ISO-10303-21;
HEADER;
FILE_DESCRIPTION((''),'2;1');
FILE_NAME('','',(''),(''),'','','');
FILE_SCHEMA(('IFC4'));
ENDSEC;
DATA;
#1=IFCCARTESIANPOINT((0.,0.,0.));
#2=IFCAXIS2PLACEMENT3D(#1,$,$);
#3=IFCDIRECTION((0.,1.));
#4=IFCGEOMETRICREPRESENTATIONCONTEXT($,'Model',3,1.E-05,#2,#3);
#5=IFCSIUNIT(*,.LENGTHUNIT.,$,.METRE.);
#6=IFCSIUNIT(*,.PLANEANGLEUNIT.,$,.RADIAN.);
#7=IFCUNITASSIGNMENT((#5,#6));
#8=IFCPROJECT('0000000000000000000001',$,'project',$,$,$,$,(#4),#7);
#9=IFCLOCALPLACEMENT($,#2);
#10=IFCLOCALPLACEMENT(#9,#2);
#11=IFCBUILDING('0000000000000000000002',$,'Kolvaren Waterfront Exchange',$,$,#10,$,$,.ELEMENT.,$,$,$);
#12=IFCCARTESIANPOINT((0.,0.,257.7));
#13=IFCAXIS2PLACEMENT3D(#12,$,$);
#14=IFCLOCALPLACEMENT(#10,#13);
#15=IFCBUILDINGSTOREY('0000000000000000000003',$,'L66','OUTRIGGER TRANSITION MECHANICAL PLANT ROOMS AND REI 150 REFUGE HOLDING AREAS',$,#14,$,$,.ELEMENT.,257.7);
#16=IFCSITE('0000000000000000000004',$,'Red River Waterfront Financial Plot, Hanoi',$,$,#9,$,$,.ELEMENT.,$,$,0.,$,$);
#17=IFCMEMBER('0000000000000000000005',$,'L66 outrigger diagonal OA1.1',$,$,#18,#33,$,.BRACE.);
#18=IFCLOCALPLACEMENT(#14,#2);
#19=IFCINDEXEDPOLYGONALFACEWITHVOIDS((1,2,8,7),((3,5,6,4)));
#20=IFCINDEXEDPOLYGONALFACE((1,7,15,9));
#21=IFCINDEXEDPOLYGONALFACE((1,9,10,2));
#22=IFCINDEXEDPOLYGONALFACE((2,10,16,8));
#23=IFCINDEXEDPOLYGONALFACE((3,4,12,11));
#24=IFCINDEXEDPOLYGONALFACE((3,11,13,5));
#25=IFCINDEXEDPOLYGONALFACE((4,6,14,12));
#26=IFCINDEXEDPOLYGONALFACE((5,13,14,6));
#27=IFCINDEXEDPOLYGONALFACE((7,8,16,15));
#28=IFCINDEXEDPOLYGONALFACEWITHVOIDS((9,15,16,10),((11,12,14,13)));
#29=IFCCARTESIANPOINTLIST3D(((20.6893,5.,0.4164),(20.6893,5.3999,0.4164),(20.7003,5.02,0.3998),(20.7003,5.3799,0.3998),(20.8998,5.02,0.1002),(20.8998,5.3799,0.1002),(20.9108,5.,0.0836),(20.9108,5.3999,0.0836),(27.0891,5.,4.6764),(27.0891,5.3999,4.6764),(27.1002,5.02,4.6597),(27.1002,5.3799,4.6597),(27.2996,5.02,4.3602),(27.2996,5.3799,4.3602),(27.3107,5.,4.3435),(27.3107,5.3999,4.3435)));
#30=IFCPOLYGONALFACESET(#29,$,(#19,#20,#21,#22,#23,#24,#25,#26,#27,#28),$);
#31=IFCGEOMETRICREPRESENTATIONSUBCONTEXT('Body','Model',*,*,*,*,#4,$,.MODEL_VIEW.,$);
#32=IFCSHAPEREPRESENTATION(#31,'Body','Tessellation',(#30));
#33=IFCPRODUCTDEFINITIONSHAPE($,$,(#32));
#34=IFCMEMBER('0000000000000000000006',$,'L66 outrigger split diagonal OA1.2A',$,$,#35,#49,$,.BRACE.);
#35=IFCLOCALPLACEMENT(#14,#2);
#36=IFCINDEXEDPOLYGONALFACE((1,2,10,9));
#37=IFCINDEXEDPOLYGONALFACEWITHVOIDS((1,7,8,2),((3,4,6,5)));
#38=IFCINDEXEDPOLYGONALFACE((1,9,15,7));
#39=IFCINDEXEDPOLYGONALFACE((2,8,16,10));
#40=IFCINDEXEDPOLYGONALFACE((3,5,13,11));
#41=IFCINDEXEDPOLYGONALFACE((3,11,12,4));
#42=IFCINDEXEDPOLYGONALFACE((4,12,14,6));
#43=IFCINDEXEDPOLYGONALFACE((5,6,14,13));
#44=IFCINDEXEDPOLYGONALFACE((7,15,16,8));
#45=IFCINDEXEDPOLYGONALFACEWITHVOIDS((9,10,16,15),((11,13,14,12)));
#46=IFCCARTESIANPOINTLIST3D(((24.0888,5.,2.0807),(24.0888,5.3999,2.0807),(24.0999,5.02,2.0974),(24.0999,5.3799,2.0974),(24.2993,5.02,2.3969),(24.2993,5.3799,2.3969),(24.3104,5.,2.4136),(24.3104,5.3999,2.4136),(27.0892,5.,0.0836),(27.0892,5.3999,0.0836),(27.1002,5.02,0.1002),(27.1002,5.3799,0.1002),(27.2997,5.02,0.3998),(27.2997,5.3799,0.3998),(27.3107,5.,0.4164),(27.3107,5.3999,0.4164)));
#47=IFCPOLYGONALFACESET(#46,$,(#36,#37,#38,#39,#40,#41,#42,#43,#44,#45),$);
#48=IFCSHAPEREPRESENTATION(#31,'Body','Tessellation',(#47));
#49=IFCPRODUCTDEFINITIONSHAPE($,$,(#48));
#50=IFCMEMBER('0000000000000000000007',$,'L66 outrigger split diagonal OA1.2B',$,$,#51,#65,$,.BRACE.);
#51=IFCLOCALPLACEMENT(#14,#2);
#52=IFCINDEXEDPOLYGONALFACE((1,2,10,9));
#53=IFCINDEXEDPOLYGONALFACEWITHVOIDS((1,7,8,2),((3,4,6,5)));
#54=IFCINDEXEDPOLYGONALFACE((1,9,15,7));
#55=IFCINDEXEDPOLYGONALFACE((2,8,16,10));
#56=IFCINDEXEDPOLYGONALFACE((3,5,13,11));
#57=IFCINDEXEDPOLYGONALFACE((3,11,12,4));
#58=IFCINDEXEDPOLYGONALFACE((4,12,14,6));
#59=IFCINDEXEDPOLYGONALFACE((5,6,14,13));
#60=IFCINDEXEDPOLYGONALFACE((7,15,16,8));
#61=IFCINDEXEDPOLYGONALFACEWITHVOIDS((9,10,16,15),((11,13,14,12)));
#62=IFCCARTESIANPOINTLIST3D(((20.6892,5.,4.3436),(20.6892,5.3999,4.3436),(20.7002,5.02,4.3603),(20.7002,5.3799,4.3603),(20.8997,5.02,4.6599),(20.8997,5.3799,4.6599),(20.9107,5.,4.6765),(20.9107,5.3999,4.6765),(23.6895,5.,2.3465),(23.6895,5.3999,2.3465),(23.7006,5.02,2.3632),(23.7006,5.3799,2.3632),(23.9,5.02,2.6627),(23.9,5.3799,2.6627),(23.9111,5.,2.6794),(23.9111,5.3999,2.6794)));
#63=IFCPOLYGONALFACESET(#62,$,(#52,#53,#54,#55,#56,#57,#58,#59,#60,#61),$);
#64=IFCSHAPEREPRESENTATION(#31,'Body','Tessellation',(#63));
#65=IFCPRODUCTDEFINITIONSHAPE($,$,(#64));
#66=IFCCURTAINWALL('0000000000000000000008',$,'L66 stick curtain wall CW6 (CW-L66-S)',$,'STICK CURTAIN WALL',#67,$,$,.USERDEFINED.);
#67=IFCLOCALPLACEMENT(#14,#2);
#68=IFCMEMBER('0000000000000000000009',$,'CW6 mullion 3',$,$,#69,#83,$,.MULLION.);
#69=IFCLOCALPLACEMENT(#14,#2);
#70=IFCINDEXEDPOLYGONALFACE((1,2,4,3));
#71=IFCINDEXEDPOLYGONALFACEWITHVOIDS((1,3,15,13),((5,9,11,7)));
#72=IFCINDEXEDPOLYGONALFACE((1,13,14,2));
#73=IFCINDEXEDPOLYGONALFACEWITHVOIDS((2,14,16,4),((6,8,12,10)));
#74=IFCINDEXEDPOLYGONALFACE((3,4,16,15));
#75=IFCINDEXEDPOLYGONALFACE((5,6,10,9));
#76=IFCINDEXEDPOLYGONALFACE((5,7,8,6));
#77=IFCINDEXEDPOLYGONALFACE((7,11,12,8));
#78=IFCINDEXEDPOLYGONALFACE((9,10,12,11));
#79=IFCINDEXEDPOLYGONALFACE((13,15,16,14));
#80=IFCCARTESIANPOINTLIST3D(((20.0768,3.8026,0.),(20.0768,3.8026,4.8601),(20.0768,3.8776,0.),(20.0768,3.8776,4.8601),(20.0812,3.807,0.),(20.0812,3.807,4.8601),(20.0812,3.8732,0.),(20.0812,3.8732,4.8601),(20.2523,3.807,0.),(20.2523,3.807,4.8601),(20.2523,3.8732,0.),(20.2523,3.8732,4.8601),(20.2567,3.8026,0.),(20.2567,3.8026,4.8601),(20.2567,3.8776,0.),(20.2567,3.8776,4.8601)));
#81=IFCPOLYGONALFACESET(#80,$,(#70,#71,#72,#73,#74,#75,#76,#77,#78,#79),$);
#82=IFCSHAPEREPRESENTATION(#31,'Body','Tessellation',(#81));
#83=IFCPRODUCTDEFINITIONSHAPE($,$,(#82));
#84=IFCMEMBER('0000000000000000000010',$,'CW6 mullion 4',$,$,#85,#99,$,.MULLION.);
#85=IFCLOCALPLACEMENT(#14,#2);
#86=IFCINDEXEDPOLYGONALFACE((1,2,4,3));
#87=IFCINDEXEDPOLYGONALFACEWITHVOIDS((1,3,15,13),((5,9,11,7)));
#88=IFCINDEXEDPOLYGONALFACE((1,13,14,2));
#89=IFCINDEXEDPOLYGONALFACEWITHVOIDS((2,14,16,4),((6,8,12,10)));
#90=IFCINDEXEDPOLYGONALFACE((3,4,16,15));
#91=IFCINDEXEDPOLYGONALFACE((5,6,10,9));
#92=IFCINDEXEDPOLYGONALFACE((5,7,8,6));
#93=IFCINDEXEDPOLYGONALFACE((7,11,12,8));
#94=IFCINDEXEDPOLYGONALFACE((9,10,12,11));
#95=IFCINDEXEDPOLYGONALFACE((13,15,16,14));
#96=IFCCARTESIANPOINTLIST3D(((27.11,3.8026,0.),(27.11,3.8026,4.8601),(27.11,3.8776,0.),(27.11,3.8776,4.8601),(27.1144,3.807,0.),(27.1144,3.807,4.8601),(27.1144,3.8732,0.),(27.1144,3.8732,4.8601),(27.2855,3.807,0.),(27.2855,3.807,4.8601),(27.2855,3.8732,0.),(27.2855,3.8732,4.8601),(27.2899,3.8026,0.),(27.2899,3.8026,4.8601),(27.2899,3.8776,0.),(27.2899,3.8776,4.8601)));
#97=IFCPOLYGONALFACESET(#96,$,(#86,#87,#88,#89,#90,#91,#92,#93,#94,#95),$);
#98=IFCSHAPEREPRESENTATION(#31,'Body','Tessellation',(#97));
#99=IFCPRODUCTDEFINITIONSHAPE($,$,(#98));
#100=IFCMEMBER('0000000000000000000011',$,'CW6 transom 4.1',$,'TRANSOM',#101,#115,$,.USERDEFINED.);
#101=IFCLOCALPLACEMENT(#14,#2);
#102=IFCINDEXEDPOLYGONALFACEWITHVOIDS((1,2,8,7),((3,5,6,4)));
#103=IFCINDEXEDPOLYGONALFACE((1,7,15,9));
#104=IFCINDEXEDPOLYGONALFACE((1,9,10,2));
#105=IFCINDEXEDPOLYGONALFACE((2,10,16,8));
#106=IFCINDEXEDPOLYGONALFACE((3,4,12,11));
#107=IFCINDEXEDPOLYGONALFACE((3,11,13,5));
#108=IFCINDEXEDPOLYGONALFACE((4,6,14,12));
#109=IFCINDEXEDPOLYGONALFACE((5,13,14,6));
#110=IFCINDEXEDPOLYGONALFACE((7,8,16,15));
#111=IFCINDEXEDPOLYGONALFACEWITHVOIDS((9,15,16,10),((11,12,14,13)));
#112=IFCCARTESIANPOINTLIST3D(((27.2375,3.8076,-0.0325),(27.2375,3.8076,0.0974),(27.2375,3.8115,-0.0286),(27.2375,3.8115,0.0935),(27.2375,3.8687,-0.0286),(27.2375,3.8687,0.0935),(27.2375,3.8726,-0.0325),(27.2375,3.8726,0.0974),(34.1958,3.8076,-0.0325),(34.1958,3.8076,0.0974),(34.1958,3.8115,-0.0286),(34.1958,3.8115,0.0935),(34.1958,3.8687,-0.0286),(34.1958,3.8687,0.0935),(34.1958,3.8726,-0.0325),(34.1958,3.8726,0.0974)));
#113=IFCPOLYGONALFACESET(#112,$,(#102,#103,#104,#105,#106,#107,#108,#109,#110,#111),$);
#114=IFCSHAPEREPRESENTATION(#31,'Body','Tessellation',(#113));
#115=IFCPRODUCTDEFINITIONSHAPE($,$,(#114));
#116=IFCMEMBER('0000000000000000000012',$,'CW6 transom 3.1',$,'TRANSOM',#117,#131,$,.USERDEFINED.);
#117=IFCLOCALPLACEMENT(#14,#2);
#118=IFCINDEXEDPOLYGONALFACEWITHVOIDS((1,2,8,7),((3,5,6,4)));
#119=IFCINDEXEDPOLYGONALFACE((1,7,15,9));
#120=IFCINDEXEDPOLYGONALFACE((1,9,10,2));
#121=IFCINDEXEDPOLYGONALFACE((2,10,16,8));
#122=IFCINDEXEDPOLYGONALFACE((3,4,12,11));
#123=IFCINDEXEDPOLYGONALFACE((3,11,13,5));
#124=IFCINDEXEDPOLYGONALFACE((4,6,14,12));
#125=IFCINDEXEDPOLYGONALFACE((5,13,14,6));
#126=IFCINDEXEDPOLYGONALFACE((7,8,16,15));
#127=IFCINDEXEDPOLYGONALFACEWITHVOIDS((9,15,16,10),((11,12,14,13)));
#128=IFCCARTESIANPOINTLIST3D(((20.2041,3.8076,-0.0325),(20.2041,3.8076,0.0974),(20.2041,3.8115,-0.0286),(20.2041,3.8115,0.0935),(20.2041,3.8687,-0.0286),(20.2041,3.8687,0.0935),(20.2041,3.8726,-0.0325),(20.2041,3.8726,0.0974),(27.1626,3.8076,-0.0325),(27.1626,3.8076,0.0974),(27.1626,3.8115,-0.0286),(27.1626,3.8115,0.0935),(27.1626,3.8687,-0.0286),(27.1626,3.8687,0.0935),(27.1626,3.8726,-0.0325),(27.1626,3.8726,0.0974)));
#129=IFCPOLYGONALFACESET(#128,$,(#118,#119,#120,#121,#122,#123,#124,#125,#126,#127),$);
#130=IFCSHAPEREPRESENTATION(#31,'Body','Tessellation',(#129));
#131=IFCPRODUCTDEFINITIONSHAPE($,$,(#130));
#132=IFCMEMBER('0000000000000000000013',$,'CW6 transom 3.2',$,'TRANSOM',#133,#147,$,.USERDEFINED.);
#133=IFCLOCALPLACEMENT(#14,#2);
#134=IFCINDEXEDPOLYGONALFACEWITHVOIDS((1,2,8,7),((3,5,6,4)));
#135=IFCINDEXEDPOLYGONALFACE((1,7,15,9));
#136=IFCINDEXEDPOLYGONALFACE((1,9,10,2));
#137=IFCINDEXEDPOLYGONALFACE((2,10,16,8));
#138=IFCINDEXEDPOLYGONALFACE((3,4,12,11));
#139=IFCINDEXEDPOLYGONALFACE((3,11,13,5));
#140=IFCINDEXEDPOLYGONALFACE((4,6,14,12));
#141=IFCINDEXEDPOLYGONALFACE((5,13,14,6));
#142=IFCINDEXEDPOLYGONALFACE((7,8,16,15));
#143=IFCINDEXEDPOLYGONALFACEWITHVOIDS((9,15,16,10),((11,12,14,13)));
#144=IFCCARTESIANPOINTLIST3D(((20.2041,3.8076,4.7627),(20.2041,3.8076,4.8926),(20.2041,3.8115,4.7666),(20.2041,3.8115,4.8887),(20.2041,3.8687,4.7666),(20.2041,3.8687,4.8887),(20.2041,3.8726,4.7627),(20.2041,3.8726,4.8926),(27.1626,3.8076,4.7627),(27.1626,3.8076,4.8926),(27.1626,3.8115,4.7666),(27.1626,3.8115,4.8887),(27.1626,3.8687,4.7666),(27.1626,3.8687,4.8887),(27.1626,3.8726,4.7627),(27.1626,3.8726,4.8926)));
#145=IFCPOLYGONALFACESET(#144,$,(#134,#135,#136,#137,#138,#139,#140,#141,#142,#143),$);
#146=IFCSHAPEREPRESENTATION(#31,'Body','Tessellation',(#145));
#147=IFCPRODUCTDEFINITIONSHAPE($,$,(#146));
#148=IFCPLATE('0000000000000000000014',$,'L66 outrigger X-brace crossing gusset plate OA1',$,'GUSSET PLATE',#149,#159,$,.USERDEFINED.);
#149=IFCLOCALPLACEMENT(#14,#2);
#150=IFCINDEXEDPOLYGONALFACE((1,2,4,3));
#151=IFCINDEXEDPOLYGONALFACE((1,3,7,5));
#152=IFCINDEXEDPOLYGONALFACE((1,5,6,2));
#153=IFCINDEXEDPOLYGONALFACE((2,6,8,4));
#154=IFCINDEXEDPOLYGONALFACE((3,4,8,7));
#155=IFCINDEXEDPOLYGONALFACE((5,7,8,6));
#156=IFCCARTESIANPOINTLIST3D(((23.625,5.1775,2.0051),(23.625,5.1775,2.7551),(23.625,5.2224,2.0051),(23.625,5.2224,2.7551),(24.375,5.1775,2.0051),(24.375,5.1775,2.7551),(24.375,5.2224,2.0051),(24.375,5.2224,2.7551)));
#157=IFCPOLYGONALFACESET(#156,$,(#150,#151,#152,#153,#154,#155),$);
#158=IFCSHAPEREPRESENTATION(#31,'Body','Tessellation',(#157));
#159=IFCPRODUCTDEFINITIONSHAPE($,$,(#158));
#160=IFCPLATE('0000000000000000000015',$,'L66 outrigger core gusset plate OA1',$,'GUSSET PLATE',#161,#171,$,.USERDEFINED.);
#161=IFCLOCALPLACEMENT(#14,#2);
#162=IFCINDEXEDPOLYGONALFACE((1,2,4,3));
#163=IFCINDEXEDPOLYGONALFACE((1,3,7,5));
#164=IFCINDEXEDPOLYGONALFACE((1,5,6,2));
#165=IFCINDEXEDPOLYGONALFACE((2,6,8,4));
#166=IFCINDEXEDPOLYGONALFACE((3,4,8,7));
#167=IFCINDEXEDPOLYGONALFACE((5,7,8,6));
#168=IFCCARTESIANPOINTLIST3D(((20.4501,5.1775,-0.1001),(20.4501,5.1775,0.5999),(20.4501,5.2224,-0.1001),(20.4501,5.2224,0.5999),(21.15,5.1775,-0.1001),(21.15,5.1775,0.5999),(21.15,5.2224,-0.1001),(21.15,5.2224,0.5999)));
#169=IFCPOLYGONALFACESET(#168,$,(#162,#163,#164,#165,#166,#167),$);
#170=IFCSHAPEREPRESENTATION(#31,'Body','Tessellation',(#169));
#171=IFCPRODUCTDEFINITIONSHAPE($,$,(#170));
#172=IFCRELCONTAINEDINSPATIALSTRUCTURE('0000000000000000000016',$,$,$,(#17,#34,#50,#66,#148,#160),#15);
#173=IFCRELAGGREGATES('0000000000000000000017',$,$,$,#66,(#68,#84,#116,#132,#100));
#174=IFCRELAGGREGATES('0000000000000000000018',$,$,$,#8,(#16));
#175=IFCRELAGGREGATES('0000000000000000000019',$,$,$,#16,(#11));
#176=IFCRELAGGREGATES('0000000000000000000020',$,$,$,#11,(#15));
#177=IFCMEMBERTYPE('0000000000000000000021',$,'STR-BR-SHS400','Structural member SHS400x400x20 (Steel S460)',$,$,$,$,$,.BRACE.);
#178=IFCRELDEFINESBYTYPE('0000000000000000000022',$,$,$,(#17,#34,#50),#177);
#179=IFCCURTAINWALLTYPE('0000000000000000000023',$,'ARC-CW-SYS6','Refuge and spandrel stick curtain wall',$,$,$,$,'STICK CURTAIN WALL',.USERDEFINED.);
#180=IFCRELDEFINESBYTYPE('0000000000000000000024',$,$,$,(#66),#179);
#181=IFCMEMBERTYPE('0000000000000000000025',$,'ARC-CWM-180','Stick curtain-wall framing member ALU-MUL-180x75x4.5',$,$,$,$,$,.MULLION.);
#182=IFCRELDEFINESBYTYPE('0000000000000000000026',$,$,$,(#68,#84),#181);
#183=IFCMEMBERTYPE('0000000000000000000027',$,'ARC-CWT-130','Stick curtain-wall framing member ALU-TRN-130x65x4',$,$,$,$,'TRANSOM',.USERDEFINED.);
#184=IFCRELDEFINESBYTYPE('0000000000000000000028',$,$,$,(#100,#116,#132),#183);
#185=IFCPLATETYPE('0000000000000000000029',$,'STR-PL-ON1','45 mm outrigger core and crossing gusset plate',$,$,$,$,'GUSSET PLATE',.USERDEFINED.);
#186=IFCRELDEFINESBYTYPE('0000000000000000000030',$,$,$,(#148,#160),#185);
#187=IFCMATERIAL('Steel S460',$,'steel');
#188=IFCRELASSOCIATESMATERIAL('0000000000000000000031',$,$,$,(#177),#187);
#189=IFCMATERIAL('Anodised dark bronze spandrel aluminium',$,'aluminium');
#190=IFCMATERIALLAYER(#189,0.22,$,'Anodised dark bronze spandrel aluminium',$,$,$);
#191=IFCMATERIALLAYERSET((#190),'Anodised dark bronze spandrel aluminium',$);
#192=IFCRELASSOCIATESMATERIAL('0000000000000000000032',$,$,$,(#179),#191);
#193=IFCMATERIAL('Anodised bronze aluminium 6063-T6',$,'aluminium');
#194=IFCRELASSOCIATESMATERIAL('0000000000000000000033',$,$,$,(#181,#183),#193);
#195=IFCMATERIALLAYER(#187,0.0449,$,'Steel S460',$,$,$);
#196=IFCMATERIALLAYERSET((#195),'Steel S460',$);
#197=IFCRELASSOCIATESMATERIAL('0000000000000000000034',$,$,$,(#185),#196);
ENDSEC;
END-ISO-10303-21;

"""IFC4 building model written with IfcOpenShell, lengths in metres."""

from ifc_helpers import new_model, si_unit, direction, frame, origin, origin_with_axes, origin_2d, place, context, subcontext, project, spatial, rectangle, hollow_rectangle, extrude, source, transform, mapped, material, layer, layer_set, material_profile, profile_set, type_object, element, aggregate, save


model = new_model("IFC4")

# Units and contexts
model_context = context("Model", 3, precision=1e-05, world=origin(), true_north=direction((0.0, 1.0)))
body_context = subcontext(model_context, "Body", "Model", "MODEL_VIEW")
ifc_project = project(units=[si_unit("LENGTHUNIT", "METRE"), si_unit("PLANEANGLEUNIT", "RADIAN")], contexts=[model_context])

# Site, building, storey
site_placement = place(None, origin())
site = spatial("IfcSite", under=ifc_project, at=site_placement, Name="Red River Waterfront Financial Plot, Hanoi", CompositionType="ELEMENT", RefElevation=0.0)
building_placement = place(site_placement, origin())
building = spatial("IfcBuilding", under=site, at=building_placement, Name="Kolvaren Waterfront Exchange", CompositionType="ELEMENT")
storey_placement = place(building_placement, frame((0.0, 0.0, 257.7)))
storey = spatial("IfcBuildingStorey", under=building, at=storey_placement, Name="L66", Description="OUTRIGGER TRANSITION MECHANICAL PLANT ROOMS AND REI 150 REFUGE HOLDING AREAS", CompositionType="ELEMENT", Elevation=257.7)

# Members
ifc_material_1 = material(Name="Steel S460", Category="steel")
ifc_material_profile_1 = material_profile(ifc_material_1, hollow_rectangle(XDim=0.3999, YDim=0.3999, WallThickness=0.02, at=origin_2d()), Name="SHS400x400x20")
ifc_profile_set_1 = profile_set([ifc_material_profile_1], Name="Steel S460")
member_type_1 = type_object("IfcMemberType", Name="STR-BR-SHS400", Description="Structural member SHS400x400x20 (Steel S460)", PredefinedType="BRACE", material=ifc_profile_set_1)
member_1_placement = place(storey_placement, frame((20.8, 5.2, 0.25), z_axis=(0.832446, 0.0, 0.554106), x_axis=(0.0, 1.0, 0.0)))
element("IfcMember", 1, at=member_1_placement, inside=storey, type_object=member_type_1, Name="L66 outrigger diagonal OA1.1", PredefinedType="BRACE", context=body_context, shape_type="SweptSolid", body=[
    extrude(hollow_rectangle(XDim=0.3999, YDim=0.3999, WallThickness=0.02, at=origin_2d()), origin(), (0.0, 0.0, 1.0), 7.688),
])
for number, where, z_axis, x_axis, name in (
    (2, (27.2, 5.2, 0.25), (-0.832446, 0.0, 0.554106), (0.0, -1.0, 0.0), "L66 outrigger split diagonal OA1.2A"),
    (3, (23.8003, 5.2, 2.5129), (-0.832446, 0.0, 0.554106), (0.0, -1.0, 0.0), "L66 outrigger split diagonal OA1.2B"),
):
    element("IfcMember", number, at=place(storey_placement, frame(where, z_axis=z_axis, x_axis=x_axis)), inside=storey, type_object=member_type_1, Name=name, PredefinedType="BRACE", context=body_context, shape_type="SweptSolid", body=[
        extrude(hollow_rectangle(XDim=0.3999, YDim=0.3999, WallThickness=0.02, at=origin_2d()), origin(), (0.0, 0.0, 1.0), 3.6042),
    ])

# Curtain wall, members
ifc_material_2 = material(Name="Anodised dark bronze spandrel aluminium", Category="aluminium")
ifc_layer_1 = layer(ifc_material_2, 0.22, Name="Anodised dark bronze spandrel aluminium")
ifc_layer_set_1 = layer_set([ifc_layer_1], Name="Anodised dark bronze spandrel aluminium")
curtain_wall_type = type_object("IfcCurtainWallType", Name="ARC-CW-SYS6", Description="Refuge and spandrel stick curtain wall", ElementType="STICK CURTAIN WALL", PredefinedType="USERDEFINED", material=ifc_layer_set_1)
curtain_wall_placement = place(storey_placement, origin())
curtain_wall = element("IfcCurtainWall", 4, at=curtain_wall_placement, inside=storey, type_object=curtain_wall_type, Name="L66 stick curtain wall CW6 (CW-L66-S)", ObjectType="STICK CURTAIN WALL", PredefinedType="USERDEFINED")
ifc_material_3 = material(Name="Anodised bronze aluminium 6063-T6", Category="aluminium")
ifc_material_profile_2 = material_profile(ifc_material_3, hollow_rectangle(XDim=0.075, YDim=0.1799, WallThickness=0.0044, at=origin_2d()), Name="ALU-MUL-180x75x4.5")
ifc_profile_set_2 = profile_set([ifc_material_profile_2], Name="Anodised bronze aluminium 6063-T6")
member_type_2 = type_object("IfcMemberType", Name="ARC-CWM-180", Description="Stick curtain-wall framing member ALU-MUL-180x75x4.5", PredefinedType="MULLION", material=ifc_profile_set_2)
shared_shape_1 = source(origin_with_axes(), body_context, "Body", "SweptSolid", [
    extrude(hollow_rectangle(XDim=0.075, YDim=0.1799, WallThickness=0.0044, at=origin_2d()), origin(), (0.0, 0.0, 1.0), 4.8601),
])
member_2_placement = place(storey_placement, frame((20.1667, 3.8401, 0.0), z_axis=(0.0, 0.0, 1.0), x_axis=(0.0, 1.0, 0.0)))
member_2 = element("IfcMember", 5, at=member_2_placement, type_object=member_type_2, Name="CW6 mullion 3", PredefinedType="MULLION", context=body_context, shape_type="MappedRepresentation", body=[
    mapped(shared_shape_1, transform((0.0, 0.0, 0.0), x_axis=(1.0, 0.0, 0.0), y_axis=(0.0, 1.0, 0.0), z_axis=(0.0, 0.0, 1.0), scale=1.0)),
])
member_3_placement = place(storey_placement, frame((27.2, 3.8401, 0.0), z_axis=(0.0, 0.0, 1.0), x_axis=(0.0, 1.0, 0.0)))
member_3 = element("IfcMember", 6, at=member_3_placement, type_object=member_type_2, Name="CW6 mullion 4", PredefinedType="MULLION", context=body_context, shape_type="MappedRepresentation", body=[
    mapped(shared_shape_1, transform((0.0, 0.0, 0.0), x_axis=(1.0, 0.0, 0.0), y_axis=(0.0, 1.0, 0.0), z_axis=(0.0, 0.0, 1.0), scale=1.0)),
])
ifc_material_profile_3 = material_profile(ifc_material_3, hollow_rectangle(XDim=0.0649, YDim=0.1299, WallThickness=0.0039, at=origin_2d()), Name="ALU-TRN-130x65x4")
ifc_profile_set_3 = profile_set([ifc_material_profile_3], Name="Anodised bronze aluminium 6063-T6")
member_type_3 = type_object("IfcMemberType", Name="ARC-CWT-130", Description="Stick curtain-wall framing member ALU-TRN-130x65x4", ElementType="TRANSOM", PredefinedType="USERDEFINED", material=ifc_profile_set_3)
shared_shape_2 = source(origin_with_axes(), body_context, "Body", "SweptSolid", [
    extrude(hollow_rectangle(XDim=0.0649, YDim=0.1299, WallThickness=0.0039, at=origin_2d()), origin(), (0.0, 0.0, 1.0), 6.9583),
])
member_4_placement = place(storey_placement, frame((27.2375, 3.8401, 0.0325), z_axis=(1.0, 0.0, 0.0), x_axis=(0.0, 1.0, 0.0)))
member_4 = element("IfcMember", 7, at=member_4_placement, type_object=member_type_3, Name="CW6 transom 4.1", ObjectType="TRANSOM", PredefinedType="USERDEFINED", context=body_context, shape_type="MappedRepresentation", body=[
    mapped(shared_shape_2, transform((0.0, 0.0, 0.0), x_axis=(1.0, 0.0, 0.0), y_axis=(0.0, 1.0, 0.0), z_axis=(0.0, 0.0, 1.0), scale=1.0)),
])
shared_shape_3 = source(origin_with_axes(), body_context, "Body", "SweptSolid", [
    extrude(hollow_rectangle(XDim=0.0649, YDim=0.1299, WallThickness=0.0039, at=origin_2d()), origin(), (0.0, 0.0, 1.0), 6.9585),
])
member_5_placement = place(storey_placement, frame((20.2041, 3.8401, 0.0325), z_axis=(1.0, 0.0, 0.0), x_axis=(0.0, 1.0, 0.0)))
member_5 = element("IfcMember", 8, at=member_5_placement, type_object=member_type_3, Name="CW6 transom 3.1", ObjectType="TRANSOM", PredefinedType="USERDEFINED", context=body_context, shape_type="MappedRepresentation", body=[
    mapped(shared_shape_3, transform((0.0, 0.0, 0.0), x_axis=(1.0, 0.0, 0.0), y_axis=(0.0, 1.0, 0.0), z_axis=(0.0, 0.0, 1.0), scale=1.0)),
])
member_6_placement = place(storey_placement, frame((20.2041, 3.8401, 4.8276), z_axis=(1.0, 0.0, 0.0), x_axis=(0.0, 1.0, 0.0)))
member_6 = element("IfcMember", 9, at=member_6_placement, type_object=member_type_3, Name="CW6 transom 3.2", ObjectType="TRANSOM", PredefinedType="USERDEFINED", context=body_context, shape_type="MappedRepresentation", body=[
    mapped(shared_shape_3, transform((0.0, 0.0, 0.0), x_axis=(1.0, 0.0, 0.0), y_axis=(0.0, 1.0, 0.0), z_axis=(0.0, 0.0, 1.0), scale=1.0)),
])

# Plates
ifc_layer_2 = layer(ifc_material_1, 0.0449, Name="Steel S460")
ifc_layer_set_2 = layer_set([ifc_layer_2], Name="Steel S460")
plate_type_1 = type_object("IfcPlateType", Name="STR-PL-ON1", Description="45 mm outrigger core and crossing gusset plate", ElementType="GUSSET PLATE", PredefinedType="USERDEFINED", material=ifc_layer_set_2)
shared_shape_4 = source(origin_with_axes(), body_context, "Body", "SweptSolid", [
    extrude(rectangle(XDim=0.75, YDim=0.0449, at=origin_2d()), origin(), (0.0, 0.0, 1.0), 0.75),
])
plate_1_placement = place(storey_placement, frame((24.0, 5.2, 2.0051), z_axis=(0.0, 0.0, 1.0), x_axis=(1.0, 0.0, 0.0)))
element("IfcPlate", 10, at=plate_1_placement, inside=storey, type_object=plate_type_1, Name="L66 outrigger X-brace crossing gusset plate OA1", ObjectType="GUSSET PLATE", PredefinedType="USERDEFINED", context=body_context, shape_type="MappedRepresentation", body=[
    mapped(shared_shape_4, transform((0.0, 0.0, 0.0), x_axis=(1.0, 0.0, 0.0), y_axis=(0.0, 1.0, 0.0), z_axis=(0.0, 0.0, 1.0), scale=1.0)),
])
shared_shape_5 = source(origin_with_axes(), body_context, "Body", "SweptSolid", [
    extrude(rectangle(XDim=0.7, YDim=0.0449, at=origin_2d()), origin(), (0.0, 0.0, 1.0), 0.7),
])
plate_2_placement = place(storey_placement, frame((20.8, 5.2, -0.1001), z_axis=(0.0, 0.0, 1.0), x_axis=(1.0, 0.0, 0.0)))
element("IfcPlate", 11, at=plate_2_placement, inside=storey, type_object=plate_type_1, Name="L66 outrigger core gusset plate OA1", ObjectType="GUSSET PLATE", PredefinedType="USERDEFINED", context=body_context, shape_type="MappedRepresentation", body=[
    mapped(shared_shape_5, transform((0.0, 0.0, 0.0), x_axis=(1.0, 0.0, 0.0), y_axis=(0.0, 1.0, 0.0), z_axis=(0.0, 0.0, 1.0), scale=1.0)),
])

aggregate(curtain_wall, [member_2, member_3, member_5, member_6, member_4])

save(model, "model.ifc")
